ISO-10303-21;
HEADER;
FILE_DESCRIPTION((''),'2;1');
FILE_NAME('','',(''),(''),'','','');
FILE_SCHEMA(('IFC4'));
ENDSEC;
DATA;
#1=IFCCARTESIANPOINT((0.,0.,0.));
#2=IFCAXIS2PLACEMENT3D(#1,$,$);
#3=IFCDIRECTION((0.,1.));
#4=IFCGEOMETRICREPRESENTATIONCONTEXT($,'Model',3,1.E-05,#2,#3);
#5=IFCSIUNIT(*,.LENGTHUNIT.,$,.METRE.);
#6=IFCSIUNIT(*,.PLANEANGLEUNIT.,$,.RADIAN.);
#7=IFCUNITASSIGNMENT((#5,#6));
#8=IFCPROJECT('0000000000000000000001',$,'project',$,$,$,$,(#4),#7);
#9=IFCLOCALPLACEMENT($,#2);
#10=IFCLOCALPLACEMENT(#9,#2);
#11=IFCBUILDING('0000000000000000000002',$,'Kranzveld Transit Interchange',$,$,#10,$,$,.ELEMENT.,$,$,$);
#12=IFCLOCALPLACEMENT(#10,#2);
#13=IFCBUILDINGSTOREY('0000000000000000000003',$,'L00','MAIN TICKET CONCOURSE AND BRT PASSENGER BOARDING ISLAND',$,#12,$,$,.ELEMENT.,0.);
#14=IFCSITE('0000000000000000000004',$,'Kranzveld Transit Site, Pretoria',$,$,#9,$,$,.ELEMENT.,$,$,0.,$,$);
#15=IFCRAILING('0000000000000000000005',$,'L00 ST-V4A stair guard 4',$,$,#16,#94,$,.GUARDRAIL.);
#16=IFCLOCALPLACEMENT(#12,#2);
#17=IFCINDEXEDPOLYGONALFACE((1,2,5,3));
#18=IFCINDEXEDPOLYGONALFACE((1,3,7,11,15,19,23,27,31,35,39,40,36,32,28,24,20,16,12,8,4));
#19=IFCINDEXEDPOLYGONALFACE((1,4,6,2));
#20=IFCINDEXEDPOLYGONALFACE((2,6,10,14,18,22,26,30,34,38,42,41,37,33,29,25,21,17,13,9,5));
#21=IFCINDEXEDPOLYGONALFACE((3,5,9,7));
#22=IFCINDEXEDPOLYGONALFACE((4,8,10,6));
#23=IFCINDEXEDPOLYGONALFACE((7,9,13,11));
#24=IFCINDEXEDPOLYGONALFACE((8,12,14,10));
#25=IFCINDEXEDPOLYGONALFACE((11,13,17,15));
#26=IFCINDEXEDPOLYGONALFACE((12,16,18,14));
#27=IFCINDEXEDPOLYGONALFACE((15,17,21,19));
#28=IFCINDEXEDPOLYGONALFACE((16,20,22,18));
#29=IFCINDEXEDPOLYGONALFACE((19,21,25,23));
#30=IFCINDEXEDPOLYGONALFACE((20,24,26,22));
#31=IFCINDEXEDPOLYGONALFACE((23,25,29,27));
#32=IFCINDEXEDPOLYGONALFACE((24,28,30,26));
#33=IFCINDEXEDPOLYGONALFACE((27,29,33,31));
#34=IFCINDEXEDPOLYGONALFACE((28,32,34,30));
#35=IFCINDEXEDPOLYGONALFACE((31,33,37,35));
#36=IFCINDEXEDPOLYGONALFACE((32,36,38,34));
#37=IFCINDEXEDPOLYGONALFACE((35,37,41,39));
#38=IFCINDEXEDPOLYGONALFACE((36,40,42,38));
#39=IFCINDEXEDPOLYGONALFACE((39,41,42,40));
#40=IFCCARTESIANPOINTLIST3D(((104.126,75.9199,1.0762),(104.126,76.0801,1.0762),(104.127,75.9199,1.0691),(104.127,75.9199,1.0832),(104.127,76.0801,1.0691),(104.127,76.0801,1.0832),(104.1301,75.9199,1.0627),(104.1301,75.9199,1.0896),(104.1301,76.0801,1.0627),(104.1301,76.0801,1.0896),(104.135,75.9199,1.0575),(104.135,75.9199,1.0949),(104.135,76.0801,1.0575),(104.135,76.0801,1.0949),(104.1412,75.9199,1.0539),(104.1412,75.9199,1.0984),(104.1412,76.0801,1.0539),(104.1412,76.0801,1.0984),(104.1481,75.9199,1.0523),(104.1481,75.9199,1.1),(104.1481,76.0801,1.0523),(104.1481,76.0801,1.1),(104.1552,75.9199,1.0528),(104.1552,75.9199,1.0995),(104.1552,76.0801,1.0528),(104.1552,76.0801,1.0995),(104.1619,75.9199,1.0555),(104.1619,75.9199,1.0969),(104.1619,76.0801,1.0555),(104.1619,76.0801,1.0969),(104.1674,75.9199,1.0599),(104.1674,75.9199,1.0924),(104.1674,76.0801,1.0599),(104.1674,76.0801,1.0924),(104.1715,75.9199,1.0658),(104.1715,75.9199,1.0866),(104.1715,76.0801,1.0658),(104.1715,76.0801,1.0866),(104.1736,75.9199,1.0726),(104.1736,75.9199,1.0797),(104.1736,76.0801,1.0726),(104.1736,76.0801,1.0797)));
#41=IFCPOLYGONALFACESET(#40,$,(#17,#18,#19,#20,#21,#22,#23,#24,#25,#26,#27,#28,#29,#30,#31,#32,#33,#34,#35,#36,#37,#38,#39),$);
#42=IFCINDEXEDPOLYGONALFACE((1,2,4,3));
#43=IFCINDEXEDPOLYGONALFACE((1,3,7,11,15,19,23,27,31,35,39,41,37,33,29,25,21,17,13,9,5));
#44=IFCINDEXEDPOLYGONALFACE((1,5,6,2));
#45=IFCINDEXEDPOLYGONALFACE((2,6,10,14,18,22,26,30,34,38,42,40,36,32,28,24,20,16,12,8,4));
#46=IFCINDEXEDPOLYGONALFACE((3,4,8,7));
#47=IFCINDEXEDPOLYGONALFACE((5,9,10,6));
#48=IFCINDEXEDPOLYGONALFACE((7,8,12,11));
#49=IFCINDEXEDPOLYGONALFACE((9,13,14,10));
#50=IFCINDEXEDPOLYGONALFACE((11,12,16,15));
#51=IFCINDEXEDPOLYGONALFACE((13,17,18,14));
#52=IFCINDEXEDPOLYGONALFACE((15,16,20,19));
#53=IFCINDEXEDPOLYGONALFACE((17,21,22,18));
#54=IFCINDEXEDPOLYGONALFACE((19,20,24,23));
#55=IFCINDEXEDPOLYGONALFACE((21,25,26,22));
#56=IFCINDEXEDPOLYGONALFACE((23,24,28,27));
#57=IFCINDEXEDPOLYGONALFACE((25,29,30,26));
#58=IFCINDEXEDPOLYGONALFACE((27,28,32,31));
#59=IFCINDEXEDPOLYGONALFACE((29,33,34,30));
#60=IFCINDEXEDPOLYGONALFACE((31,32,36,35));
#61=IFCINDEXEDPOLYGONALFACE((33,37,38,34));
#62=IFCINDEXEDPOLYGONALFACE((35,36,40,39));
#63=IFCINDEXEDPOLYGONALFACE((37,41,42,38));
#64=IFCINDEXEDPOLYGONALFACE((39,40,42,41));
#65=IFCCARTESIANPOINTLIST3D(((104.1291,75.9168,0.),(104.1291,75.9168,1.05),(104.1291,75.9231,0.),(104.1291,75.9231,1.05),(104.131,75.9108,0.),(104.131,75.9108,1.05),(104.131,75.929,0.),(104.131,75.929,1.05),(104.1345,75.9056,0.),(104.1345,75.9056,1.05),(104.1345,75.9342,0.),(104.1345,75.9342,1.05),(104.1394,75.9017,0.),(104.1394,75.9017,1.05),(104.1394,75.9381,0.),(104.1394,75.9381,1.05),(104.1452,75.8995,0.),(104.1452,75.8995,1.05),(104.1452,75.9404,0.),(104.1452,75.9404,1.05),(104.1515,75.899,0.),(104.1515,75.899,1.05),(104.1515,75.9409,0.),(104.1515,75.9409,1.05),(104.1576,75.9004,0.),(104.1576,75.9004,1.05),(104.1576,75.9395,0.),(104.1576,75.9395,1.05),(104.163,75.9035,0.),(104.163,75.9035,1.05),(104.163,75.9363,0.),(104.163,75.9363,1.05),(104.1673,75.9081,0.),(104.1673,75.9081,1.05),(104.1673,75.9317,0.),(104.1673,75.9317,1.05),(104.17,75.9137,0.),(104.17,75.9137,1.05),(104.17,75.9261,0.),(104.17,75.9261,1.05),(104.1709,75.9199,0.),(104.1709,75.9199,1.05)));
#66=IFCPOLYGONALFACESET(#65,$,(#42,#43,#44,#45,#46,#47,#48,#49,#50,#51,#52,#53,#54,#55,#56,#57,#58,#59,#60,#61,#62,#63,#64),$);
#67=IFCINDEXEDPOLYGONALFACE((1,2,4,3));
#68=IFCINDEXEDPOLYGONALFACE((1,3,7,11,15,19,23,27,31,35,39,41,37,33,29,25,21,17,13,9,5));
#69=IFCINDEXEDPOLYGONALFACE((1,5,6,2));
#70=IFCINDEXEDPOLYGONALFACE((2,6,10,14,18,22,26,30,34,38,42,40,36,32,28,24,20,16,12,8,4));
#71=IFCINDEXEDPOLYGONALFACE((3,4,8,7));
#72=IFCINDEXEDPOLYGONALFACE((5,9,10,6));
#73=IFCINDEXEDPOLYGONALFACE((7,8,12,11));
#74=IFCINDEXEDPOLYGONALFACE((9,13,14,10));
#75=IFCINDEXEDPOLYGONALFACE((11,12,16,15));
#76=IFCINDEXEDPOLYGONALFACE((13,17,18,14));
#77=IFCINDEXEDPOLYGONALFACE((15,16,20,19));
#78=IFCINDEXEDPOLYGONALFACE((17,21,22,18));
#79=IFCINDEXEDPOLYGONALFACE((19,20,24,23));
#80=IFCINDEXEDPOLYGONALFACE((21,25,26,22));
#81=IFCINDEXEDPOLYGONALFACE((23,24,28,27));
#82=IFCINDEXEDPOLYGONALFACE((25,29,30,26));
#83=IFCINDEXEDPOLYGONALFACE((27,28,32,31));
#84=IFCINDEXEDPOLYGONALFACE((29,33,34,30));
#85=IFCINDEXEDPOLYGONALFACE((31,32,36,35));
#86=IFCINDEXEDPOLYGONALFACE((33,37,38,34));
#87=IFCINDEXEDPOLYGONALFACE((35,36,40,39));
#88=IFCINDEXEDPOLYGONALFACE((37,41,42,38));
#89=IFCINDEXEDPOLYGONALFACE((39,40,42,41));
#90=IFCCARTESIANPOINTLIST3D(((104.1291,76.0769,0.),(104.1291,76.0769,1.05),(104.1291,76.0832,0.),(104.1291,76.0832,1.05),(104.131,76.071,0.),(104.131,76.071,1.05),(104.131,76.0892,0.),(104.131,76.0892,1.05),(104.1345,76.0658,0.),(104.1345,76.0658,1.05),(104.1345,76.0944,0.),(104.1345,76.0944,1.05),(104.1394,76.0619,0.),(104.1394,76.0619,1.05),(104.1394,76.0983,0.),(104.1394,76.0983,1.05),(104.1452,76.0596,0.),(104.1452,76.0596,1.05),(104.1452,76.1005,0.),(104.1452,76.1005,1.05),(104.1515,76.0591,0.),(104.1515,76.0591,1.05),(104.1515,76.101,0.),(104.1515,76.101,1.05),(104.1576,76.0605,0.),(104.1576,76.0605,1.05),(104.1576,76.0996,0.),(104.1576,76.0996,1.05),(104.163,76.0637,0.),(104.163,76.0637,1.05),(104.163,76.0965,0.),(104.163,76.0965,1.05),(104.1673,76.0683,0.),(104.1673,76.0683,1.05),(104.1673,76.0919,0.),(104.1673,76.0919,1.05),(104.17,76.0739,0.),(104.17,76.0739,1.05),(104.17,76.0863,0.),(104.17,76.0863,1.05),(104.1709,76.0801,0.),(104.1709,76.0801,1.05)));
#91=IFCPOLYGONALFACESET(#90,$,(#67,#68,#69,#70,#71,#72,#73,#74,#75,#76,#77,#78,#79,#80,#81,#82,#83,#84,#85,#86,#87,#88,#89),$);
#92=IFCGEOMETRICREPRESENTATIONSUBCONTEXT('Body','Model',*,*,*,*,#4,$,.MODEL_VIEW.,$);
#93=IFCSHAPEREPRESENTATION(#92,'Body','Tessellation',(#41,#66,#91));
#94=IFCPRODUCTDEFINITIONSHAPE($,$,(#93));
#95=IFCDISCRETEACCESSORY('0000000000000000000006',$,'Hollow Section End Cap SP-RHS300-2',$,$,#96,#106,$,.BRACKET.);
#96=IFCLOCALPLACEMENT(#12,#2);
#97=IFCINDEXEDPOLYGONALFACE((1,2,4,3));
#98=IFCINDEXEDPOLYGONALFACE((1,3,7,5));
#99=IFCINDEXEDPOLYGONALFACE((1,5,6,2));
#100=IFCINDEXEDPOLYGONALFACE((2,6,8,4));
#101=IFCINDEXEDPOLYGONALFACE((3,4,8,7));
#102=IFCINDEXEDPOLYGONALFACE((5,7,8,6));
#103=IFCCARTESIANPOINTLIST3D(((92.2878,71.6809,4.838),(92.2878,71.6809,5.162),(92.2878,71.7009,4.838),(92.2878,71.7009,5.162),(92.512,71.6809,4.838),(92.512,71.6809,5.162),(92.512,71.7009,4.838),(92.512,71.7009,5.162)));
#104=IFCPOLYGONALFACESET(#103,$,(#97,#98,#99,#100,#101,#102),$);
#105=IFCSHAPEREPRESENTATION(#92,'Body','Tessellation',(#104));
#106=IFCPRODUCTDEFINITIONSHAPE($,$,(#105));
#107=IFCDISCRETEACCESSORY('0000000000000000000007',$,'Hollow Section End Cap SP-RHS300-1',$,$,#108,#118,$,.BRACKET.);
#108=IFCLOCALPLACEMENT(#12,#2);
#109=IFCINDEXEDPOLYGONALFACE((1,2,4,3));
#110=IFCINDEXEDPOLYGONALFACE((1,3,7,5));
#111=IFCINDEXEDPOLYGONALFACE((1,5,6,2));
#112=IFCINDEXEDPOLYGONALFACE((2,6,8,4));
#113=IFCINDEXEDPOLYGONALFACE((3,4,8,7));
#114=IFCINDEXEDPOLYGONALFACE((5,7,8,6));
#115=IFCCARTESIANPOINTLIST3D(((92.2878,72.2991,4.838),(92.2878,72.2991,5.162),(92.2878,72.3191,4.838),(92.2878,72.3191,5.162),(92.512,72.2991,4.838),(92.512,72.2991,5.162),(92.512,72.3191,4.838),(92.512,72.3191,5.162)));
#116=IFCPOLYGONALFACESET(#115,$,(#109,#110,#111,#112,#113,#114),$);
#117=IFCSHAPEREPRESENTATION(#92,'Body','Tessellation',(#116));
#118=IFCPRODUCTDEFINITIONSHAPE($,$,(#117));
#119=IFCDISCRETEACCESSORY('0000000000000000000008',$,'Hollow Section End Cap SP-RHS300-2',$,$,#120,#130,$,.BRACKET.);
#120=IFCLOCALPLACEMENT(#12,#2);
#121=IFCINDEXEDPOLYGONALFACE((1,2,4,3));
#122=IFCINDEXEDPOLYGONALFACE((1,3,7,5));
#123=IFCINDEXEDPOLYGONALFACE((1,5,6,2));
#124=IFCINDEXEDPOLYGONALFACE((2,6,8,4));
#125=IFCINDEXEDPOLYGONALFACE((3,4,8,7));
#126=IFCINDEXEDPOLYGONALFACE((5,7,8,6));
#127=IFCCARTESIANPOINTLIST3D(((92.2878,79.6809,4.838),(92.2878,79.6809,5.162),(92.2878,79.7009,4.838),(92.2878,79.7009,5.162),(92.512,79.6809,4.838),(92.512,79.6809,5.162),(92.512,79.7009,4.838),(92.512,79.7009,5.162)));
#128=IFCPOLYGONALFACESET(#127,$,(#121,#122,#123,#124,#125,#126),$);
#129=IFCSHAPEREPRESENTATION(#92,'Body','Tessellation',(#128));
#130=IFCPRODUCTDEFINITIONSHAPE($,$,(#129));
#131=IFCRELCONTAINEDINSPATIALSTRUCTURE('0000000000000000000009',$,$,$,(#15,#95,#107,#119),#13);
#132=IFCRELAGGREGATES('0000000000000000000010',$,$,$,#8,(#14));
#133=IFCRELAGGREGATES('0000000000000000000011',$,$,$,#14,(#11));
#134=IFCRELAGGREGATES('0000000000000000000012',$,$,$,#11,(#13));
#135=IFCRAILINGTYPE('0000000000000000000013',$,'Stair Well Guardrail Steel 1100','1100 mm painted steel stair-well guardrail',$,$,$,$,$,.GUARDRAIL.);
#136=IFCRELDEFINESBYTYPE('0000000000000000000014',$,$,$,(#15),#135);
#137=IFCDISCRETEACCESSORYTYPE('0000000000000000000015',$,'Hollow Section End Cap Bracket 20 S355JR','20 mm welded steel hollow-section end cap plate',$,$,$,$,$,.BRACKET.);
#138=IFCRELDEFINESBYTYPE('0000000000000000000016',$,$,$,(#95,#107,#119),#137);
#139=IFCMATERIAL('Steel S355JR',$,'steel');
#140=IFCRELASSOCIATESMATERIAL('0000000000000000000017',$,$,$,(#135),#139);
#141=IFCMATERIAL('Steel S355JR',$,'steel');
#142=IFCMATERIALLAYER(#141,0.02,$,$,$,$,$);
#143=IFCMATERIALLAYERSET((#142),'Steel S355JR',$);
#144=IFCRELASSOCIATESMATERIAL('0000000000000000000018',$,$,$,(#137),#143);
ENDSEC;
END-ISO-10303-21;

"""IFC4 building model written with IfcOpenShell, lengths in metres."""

from ifc_helpers import new_model, si_unit, direction, frame, origin, origin_2d, place, context, subcontext, project, spatial, rectangle, circle, extrude, material, layer, layer_set, type_object, element, save


model = new_model("IFC4")

# Units and contexts
model_context = context("Model", 3, precision=1e-05, world=origin(), true_north=direction((0.0, 1.0)))
body_context = subcontext(model_context, "Body", "Model", "MODEL_VIEW")
ifc_project = project(units=[si_unit("LENGTHUNIT", "METRE"), si_unit("PLANEANGLEUNIT", "RADIAN")], contexts=[model_context])

# Site, building, storey
site_placement = place(None, origin())
site = spatial("IfcSite", under=ifc_project, at=site_placement, Name="Kranzveld Transit Site, Pretoria", CompositionType="ELEMENT", RefElevation=0.0)
building_placement = place(site_placement, origin())
building = spatial("IfcBuilding", under=site, at=building_placement, Name="Kranzveld Transit Interchange", CompositionType="ELEMENT")
storey_placement = place(building_placement, origin())
storey = spatial("IfcBuildingStorey", under=building, at=storey_placement, Name="L00", Description="MAIN TICKET CONCOURSE AND BRT PASSENGER BOARDING ISLAND", CompositionType="ELEMENT", Elevation=0.0)

# Railing
ifc_material_1 = material(Name="Steel S355JR", Category="steel")
railing_type_1 = type_object("IfcRailingType", Name="Stair Well Guardrail Steel 1100", Description="1100 mm painted steel stair-well guardrail", PredefinedType="GUARDRAIL", material=ifc_material_1)
railing_1_placement = place(storey_placement, frame((104.1499, 75.9199, 0.0)))
element("IfcRailing", 1, at=railing_1_placement, inside=storey, type_object=railing_type_1, Name="L00 ST-V4A stair guard 4", PredefinedType="GUARDRAIL", context=body_context, shape_type="SweptSolid", body=[
    extrude(circle(Radius=0.0239, at=origin_2d()), frame((0.0, 0.0, 1.0762), z_axis=(0.0, 1.0, 0.0), x_axis=(-1.0, 0.0, 0.0)), (0.0, 0.0, 1.0), 0.1602),
    extrude(circle(Radius=0.021, at=origin_2d()), origin(), (0.0, 0.0, 1.0), 1.05),
    extrude(circle(Radius=0.021, at=origin_2d()), frame((0.0, 0.1602, 0.0)), (0.0, 0.0, 1.0), 1.05),
])

# Discrete accessories
ifc_material_2 = material(Name="Steel S355JR", Category="steel")
ifc_layer_1 = layer(ifc_material_2, 0.02)
ifc_layer_set_1 = layer_set([ifc_layer_1], Name="Steel S355JR")
discrete_accessory_type = type_object("IfcDiscreteAccessoryType", Name="Hollow Section End Cap Bracket 20 S355JR", Description="20 mm welded steel hollow-section end cap plate", PredefinedType="BRACKET", material=ifc_layer_set_1)
for number, where, z_axis, x_axis, name in (
    (2, (92.3999, 71.6809, 5.0), (0.0, 1.0, 0.0), (-1.0, 0.0, 0.0), "Hollow Section End Cap SP-RHS300-2"),
    (3, (92.3999, 72.3191, 5.0), (0.0, -1.0, 0.0), (1.0, 0.0, 0.0), "Hollow Section End Cap SP-RHS300-1"),
    (4, (92.3999, 79.6809, 5.0), (0.0, 1.0, 0.0), (-1.0, 0.0, 0.0), "Hollow Section End Cap SP-RHS300-2"),
):
    element("IfcDiscreteAccessory", number, at=place(storey_placement, frame(where, z_axis=z_axis, x_axis=x_axis)), inside=storey, type_object=discrete_accessory_type, Name=name, PredefinedType="BRACKET", context=body_context, shape_type="SweptSolid", body=[
        extrude(rectangle(XDim=0.2241, YDim=0.324, at=origin_2d()), origin(), (0.0, 0.0, 1.0), 0.02),
    ])

save(model, "model.ifc")
